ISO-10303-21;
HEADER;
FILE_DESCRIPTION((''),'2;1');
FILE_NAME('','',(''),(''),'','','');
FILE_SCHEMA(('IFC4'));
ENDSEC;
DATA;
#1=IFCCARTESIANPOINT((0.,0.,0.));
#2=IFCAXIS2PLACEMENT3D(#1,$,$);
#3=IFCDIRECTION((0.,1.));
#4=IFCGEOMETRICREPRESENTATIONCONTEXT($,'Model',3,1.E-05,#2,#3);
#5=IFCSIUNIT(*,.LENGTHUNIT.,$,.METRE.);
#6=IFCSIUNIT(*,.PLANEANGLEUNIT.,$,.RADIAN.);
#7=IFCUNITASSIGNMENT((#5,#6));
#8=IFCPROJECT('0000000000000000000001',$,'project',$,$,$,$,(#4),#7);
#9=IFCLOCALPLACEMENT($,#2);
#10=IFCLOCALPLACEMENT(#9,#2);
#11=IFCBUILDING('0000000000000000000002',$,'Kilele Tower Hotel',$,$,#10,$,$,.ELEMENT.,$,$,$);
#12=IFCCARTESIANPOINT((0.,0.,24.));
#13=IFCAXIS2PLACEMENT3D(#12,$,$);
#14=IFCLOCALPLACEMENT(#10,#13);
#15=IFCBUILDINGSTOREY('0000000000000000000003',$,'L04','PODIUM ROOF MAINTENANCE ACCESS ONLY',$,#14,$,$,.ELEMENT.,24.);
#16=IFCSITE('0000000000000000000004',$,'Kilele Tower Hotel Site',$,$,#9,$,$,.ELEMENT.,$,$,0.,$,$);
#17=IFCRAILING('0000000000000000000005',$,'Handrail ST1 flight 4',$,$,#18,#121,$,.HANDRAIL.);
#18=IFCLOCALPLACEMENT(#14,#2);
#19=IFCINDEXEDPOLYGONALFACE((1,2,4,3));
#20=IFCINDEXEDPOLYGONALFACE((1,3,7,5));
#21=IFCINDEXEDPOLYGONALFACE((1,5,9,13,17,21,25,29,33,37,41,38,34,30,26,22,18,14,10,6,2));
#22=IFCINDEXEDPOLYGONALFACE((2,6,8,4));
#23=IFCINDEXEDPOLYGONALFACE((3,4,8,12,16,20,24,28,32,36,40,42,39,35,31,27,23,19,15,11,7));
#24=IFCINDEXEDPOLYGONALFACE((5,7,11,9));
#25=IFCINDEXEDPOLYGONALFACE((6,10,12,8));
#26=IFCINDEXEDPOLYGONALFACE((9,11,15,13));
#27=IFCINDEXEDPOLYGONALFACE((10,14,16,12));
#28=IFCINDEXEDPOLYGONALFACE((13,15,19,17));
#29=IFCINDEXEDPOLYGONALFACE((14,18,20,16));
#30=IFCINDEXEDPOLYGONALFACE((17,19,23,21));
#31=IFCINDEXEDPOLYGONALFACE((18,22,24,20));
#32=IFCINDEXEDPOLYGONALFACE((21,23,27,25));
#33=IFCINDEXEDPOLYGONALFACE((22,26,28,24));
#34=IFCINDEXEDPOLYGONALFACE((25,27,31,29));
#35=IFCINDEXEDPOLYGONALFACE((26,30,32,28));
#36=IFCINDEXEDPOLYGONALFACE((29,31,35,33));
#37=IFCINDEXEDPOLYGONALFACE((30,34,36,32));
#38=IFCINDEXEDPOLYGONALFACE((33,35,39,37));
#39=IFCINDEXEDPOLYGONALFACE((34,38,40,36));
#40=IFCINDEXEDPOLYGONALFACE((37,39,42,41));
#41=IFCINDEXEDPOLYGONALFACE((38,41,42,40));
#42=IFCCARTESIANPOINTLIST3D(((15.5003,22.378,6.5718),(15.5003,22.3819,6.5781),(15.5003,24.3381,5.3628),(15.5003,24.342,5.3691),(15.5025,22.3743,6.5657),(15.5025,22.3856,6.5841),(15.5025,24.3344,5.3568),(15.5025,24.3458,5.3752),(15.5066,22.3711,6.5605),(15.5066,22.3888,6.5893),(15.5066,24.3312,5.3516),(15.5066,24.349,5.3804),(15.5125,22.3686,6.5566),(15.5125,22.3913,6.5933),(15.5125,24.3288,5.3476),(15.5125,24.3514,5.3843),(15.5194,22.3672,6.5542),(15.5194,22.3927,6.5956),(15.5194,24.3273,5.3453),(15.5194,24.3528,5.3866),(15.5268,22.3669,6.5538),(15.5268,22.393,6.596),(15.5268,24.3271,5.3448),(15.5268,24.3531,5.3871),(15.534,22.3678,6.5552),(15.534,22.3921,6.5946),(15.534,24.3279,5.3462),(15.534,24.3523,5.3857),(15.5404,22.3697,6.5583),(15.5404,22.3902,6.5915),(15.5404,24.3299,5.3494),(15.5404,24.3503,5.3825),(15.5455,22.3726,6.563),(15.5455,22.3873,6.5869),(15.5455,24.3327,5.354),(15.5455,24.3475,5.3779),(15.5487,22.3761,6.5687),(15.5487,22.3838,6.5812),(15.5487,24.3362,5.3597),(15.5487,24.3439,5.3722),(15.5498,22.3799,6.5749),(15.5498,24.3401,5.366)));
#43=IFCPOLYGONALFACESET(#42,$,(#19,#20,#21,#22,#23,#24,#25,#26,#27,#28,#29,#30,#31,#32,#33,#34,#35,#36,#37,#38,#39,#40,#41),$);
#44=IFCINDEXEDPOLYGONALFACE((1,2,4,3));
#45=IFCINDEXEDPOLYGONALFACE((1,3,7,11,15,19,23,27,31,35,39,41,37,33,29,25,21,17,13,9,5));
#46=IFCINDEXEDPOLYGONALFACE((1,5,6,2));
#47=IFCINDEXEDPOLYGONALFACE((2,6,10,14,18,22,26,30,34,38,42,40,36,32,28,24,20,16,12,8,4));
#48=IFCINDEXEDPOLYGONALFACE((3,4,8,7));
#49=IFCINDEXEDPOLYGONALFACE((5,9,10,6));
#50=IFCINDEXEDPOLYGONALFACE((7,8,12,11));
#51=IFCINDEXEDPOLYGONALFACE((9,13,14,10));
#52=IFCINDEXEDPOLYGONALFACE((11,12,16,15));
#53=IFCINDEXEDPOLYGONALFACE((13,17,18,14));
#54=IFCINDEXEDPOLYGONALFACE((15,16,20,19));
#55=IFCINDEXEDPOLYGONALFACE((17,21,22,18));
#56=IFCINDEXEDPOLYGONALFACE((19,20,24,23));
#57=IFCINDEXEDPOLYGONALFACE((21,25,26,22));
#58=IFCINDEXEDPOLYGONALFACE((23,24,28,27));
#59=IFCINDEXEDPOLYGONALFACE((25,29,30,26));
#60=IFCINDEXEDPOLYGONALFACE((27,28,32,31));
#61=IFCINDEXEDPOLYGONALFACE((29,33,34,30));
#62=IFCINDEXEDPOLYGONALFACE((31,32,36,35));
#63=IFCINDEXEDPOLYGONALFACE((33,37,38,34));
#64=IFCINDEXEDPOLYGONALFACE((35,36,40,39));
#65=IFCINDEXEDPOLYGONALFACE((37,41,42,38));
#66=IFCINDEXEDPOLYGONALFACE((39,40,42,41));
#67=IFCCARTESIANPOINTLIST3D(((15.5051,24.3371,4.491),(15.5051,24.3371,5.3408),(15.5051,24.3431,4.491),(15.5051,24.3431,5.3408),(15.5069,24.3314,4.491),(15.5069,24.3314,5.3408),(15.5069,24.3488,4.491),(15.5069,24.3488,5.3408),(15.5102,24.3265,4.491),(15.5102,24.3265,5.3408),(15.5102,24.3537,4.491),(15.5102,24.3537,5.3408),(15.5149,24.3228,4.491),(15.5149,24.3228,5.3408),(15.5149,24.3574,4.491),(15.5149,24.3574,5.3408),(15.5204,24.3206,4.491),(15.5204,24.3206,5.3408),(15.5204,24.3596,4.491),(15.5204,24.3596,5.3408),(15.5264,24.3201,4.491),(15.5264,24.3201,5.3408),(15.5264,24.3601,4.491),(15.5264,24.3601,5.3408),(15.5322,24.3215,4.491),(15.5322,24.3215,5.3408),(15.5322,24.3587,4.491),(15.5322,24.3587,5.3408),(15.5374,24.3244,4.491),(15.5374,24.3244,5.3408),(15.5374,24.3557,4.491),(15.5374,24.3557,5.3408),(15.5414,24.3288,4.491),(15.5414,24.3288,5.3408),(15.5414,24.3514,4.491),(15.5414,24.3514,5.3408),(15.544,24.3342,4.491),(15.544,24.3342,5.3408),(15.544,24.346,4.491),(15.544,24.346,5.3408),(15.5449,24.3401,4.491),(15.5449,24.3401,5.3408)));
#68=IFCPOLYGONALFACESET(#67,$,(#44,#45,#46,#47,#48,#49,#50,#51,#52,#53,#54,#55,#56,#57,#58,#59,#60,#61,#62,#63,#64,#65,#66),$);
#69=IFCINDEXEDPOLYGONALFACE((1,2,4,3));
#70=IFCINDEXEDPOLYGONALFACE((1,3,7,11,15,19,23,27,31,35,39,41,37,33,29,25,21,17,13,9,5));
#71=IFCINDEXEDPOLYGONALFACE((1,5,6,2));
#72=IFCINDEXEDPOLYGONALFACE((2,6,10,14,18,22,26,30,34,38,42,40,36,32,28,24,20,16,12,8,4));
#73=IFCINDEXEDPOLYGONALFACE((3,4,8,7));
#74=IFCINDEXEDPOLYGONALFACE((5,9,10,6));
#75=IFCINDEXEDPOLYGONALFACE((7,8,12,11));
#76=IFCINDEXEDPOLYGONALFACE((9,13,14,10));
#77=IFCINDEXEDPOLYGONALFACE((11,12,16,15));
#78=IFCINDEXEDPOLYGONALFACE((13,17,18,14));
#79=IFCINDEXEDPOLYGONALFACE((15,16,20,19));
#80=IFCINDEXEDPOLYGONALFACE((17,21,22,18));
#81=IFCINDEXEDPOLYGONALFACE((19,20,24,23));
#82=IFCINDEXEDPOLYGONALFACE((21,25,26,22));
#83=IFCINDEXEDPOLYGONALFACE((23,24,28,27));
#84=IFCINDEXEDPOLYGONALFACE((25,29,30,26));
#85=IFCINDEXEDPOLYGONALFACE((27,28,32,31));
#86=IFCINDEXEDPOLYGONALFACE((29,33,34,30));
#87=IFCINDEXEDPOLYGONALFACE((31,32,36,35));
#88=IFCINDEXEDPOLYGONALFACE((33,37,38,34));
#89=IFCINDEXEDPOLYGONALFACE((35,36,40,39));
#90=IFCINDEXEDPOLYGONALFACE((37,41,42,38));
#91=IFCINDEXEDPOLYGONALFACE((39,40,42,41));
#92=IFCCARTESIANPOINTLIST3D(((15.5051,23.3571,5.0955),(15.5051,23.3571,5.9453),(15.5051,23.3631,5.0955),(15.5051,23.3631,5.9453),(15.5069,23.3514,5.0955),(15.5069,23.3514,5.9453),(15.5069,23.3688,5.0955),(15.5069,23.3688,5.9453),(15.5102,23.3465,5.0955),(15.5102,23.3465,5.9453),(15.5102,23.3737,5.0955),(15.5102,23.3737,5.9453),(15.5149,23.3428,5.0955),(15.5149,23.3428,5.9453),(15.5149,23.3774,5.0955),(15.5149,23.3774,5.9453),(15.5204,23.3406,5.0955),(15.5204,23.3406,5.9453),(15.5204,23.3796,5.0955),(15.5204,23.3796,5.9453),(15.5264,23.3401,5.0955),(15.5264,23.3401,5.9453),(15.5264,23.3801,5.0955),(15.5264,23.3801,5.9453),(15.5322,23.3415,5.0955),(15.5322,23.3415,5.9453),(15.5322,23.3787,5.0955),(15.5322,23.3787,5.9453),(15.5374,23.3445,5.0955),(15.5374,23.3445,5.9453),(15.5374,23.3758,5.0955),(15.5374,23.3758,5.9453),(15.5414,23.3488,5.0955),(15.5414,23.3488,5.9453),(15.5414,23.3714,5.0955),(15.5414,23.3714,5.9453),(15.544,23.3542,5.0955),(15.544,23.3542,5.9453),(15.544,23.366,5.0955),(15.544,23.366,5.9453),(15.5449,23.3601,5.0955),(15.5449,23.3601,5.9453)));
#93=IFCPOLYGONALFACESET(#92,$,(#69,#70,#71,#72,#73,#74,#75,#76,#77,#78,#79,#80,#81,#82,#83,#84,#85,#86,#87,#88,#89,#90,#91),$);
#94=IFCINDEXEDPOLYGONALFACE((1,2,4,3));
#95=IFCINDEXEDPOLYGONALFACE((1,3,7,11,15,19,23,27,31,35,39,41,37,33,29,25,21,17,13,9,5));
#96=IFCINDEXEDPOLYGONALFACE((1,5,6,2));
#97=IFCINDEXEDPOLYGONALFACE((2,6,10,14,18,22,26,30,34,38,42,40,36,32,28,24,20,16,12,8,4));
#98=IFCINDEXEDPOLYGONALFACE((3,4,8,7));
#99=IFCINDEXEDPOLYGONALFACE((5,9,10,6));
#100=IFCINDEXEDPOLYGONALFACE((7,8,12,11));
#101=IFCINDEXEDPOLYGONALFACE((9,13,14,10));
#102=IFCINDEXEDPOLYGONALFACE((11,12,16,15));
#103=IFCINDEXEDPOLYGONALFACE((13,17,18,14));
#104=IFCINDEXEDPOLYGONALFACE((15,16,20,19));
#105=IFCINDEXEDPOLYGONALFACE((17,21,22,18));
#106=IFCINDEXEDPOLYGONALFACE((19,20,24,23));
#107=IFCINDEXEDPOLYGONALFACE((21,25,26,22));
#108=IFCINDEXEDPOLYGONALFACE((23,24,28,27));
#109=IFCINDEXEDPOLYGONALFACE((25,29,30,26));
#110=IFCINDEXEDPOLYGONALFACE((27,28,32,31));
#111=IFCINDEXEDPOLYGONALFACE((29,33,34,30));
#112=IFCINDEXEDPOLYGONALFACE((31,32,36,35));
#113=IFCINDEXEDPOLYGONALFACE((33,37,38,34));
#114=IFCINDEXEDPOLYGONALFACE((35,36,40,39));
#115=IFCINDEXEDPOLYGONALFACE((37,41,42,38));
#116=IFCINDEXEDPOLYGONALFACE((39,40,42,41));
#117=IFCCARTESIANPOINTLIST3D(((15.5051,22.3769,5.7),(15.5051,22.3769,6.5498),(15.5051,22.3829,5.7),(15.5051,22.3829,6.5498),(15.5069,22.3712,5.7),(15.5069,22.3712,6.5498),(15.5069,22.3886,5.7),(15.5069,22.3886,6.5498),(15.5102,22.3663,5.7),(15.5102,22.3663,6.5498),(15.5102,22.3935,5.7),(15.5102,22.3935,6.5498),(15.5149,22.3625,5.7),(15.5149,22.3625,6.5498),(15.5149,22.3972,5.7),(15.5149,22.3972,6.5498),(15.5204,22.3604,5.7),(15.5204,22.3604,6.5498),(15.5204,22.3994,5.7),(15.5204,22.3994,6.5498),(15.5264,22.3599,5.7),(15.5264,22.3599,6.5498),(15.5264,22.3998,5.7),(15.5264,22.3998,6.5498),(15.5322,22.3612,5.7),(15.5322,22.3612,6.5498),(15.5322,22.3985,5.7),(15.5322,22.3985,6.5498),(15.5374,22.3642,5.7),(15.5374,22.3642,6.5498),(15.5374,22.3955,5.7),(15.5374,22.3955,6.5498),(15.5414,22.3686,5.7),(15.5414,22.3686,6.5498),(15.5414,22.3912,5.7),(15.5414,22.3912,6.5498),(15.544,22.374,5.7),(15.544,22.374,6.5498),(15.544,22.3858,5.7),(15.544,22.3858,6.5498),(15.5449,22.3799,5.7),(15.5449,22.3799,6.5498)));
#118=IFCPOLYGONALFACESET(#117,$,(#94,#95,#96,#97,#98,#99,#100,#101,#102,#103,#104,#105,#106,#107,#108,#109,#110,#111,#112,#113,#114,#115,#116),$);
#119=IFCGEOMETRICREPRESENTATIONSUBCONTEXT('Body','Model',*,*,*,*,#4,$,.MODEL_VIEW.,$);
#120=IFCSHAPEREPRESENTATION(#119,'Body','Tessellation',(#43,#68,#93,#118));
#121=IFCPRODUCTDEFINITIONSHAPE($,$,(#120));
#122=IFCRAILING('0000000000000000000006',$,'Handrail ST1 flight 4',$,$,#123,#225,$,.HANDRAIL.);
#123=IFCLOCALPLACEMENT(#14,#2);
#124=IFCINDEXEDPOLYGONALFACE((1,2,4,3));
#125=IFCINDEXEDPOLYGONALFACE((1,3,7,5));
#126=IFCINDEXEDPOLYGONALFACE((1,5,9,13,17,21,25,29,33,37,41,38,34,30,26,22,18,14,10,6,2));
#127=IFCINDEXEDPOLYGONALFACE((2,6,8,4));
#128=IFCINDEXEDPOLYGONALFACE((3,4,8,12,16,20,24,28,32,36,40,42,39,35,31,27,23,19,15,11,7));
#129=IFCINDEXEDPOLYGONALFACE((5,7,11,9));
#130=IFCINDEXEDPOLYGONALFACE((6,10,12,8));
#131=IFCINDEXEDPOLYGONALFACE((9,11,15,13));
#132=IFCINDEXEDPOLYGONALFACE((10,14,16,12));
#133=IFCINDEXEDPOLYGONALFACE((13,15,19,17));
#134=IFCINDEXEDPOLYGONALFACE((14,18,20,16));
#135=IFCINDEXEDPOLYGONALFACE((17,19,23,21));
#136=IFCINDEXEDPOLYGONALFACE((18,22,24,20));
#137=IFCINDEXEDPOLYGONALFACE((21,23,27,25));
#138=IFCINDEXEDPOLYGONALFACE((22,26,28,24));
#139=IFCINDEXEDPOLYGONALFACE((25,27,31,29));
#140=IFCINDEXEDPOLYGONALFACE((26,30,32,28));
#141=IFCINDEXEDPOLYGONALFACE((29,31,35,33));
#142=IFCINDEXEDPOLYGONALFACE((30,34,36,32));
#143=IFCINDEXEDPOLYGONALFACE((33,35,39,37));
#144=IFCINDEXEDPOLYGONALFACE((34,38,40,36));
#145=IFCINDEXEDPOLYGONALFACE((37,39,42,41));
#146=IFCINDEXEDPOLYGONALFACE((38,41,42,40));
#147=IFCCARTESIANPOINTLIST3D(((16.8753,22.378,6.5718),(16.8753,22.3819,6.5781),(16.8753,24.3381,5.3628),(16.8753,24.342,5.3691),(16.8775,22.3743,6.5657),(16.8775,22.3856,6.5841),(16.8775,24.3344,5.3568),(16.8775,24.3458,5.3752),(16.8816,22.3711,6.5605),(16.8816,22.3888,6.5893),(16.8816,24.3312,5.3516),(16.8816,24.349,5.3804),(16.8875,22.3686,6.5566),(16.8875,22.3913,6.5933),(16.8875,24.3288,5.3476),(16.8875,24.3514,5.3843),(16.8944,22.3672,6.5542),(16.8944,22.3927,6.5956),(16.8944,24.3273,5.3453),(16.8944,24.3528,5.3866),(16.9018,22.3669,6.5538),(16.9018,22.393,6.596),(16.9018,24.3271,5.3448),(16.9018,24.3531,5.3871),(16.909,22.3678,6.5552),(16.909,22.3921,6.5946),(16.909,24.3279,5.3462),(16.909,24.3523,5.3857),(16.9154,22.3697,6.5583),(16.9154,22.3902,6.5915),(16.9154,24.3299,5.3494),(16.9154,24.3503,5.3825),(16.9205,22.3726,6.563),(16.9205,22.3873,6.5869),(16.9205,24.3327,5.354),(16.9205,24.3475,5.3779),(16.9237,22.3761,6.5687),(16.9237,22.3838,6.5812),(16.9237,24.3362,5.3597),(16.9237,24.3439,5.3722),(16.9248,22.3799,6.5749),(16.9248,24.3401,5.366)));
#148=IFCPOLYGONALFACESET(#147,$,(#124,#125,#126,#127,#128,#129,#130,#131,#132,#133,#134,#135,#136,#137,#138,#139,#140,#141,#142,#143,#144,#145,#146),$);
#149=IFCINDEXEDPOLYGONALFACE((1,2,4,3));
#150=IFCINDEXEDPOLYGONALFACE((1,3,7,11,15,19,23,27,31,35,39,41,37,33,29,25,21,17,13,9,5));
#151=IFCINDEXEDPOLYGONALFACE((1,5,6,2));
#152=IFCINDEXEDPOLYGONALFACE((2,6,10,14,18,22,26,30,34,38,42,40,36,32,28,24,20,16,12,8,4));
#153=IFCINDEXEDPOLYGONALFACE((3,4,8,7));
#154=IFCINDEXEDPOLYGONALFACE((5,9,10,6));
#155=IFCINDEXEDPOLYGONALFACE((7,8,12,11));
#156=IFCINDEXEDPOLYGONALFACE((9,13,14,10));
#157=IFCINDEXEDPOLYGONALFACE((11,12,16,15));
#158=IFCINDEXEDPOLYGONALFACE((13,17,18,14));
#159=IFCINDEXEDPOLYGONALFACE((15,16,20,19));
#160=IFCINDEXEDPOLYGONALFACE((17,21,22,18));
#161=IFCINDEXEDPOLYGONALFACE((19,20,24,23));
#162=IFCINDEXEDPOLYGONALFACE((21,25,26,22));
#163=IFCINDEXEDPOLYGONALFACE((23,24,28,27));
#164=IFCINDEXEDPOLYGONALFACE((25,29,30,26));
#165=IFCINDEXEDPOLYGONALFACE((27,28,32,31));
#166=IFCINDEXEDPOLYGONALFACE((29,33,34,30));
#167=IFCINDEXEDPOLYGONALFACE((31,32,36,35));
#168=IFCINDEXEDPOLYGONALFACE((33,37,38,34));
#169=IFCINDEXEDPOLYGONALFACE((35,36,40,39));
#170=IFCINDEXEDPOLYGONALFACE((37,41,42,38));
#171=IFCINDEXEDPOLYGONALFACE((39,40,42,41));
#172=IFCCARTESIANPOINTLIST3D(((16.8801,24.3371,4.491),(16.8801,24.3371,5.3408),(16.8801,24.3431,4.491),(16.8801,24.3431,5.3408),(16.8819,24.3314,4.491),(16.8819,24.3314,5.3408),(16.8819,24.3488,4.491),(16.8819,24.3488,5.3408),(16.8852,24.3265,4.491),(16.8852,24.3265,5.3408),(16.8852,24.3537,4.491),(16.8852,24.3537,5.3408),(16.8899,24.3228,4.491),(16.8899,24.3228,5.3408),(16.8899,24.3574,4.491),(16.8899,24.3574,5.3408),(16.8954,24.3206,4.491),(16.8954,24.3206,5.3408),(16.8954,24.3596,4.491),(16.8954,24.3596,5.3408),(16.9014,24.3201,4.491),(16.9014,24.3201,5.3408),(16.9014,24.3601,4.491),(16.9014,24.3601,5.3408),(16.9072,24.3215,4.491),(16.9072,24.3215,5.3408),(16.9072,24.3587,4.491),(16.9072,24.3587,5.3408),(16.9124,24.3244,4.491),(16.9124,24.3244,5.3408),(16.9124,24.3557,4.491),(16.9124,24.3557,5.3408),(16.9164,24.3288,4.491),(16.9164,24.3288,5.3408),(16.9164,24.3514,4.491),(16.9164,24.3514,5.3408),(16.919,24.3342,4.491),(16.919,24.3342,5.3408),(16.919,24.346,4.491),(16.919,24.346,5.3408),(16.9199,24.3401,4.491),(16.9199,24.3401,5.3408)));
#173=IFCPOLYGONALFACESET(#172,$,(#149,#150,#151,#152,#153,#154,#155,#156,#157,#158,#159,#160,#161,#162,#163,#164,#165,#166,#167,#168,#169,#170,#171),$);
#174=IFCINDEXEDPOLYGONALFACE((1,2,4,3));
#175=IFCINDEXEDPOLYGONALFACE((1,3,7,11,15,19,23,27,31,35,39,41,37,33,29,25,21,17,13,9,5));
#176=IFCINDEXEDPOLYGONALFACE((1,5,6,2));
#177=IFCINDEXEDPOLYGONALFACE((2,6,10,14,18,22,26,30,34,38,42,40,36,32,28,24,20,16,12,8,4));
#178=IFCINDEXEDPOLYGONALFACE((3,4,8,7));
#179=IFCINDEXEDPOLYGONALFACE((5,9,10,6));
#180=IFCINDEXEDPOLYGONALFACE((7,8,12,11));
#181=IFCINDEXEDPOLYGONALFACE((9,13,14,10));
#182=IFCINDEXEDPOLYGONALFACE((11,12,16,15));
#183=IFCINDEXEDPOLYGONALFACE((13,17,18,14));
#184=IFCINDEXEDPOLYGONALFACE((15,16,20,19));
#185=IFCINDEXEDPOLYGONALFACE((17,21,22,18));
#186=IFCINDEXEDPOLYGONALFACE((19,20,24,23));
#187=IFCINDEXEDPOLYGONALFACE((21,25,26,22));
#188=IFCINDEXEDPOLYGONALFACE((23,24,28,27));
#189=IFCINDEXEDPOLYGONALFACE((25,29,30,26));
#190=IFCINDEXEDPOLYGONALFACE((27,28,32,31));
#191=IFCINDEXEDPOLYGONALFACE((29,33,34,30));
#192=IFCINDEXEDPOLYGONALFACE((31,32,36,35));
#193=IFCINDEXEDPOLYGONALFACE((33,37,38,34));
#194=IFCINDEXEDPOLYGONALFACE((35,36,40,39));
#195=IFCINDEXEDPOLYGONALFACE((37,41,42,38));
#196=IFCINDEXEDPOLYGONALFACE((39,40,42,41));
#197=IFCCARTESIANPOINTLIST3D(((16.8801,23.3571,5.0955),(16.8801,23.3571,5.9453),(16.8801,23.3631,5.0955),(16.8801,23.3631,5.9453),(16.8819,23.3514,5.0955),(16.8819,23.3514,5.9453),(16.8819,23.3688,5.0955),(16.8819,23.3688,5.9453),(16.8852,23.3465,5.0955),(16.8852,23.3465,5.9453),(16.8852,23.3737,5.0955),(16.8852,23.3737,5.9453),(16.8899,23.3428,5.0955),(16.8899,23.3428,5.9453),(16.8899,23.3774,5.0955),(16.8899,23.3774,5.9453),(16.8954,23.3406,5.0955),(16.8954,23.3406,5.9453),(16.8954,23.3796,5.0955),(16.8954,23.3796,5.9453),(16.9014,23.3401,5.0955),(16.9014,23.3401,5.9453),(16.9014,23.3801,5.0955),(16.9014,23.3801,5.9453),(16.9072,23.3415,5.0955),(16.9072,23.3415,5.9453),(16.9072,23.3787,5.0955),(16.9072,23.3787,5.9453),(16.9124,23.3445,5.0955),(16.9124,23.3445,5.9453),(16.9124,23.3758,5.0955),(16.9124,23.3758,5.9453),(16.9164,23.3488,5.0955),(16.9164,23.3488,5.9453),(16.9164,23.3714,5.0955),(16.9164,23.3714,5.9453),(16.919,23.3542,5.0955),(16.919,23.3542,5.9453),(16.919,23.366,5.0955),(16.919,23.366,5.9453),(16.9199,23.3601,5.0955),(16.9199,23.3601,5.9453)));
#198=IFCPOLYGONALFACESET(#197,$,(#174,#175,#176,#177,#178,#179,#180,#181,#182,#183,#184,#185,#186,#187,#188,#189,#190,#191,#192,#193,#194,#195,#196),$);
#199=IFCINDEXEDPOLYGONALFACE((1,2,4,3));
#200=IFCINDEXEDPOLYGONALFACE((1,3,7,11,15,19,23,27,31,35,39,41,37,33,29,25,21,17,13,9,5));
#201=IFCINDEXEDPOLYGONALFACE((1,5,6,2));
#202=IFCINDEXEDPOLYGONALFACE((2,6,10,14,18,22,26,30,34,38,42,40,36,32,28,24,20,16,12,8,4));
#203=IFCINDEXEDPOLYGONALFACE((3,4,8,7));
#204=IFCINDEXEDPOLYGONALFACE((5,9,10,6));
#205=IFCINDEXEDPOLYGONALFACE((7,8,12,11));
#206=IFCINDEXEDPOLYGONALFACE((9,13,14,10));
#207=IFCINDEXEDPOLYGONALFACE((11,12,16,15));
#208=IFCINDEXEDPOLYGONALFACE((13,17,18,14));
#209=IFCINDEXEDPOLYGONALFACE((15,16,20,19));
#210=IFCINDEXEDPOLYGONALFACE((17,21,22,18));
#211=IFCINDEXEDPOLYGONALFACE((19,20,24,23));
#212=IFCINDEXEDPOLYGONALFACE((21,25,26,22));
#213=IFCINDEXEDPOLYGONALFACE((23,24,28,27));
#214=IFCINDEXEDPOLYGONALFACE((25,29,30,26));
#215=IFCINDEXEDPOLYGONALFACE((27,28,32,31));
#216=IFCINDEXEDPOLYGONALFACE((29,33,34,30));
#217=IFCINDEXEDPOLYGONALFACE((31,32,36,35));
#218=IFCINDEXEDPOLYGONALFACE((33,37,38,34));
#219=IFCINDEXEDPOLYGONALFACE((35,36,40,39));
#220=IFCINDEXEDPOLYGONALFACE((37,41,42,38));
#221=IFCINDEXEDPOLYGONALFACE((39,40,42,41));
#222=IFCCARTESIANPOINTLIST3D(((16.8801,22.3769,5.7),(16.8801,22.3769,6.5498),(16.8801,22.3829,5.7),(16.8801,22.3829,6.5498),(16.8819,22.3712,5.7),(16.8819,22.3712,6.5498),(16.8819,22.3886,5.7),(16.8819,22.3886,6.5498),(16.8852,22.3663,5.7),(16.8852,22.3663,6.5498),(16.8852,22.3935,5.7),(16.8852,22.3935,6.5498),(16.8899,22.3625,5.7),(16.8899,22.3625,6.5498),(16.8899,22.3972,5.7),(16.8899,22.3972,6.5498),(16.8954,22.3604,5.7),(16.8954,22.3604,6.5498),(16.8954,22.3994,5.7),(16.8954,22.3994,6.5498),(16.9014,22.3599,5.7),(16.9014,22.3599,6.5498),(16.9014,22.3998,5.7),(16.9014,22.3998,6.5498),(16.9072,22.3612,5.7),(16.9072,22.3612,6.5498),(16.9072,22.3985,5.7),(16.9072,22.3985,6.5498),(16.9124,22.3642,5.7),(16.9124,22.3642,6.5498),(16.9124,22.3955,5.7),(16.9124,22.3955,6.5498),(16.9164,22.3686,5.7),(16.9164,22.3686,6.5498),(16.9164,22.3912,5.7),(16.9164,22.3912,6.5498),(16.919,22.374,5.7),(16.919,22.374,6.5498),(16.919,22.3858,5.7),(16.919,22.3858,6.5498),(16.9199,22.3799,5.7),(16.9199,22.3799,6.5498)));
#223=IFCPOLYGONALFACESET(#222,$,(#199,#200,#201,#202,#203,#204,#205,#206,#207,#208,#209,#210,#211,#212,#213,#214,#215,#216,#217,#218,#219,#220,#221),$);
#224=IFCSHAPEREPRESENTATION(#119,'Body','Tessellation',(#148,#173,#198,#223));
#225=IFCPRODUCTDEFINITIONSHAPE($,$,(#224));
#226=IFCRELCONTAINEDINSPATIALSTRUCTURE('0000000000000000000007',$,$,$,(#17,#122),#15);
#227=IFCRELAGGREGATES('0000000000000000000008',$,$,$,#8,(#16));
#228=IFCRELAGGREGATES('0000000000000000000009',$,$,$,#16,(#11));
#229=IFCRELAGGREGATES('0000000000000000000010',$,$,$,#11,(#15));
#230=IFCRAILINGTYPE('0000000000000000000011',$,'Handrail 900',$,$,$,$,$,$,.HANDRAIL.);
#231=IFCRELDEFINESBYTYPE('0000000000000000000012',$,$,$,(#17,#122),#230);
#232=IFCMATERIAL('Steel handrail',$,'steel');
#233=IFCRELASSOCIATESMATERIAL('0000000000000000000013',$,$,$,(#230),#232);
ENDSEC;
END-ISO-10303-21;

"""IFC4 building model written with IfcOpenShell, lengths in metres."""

from ifc_helpers import new_model, si_unit, direction, frame, origin, origin_2d, place, context, subcontext, project, spatial, circle, extrude, material, type_object, element, save


model = new_model("IFC4")

# Units and contexts
model_context = context("Model", 3, precision=1e-05, world=origin(), true_north=direction((0.0, 1.0)))
body_context = subcontext(model_context, "Body", "Model", "MODEL_VIEW")
ifc_project = project(units=[si_unit("LENGTHUNIT", "METRE"), si_unit("PLANEANGLEUNIT", "RADIAN")], contexts=[model_context])

# Site, building, storey
site_placement = place(None, origin())
site = spatial("IfcSite", under=ifc_project, at=site_placement, Name="Kilele Tower Hotel Site", CompositionType="ELEMENT", RefElevation=0.0)
building_placement = place(site_placement, origin())
building = spatial("IfcBuilding", under=site, at=building_placement, Name="Kilele Tower Hotel", CompositionType="ELEMENT")
storey_placement = place(building_placement, frame((0.0, 0.0, 24.0)))
storey = spatial("IfcBuildingStorey", under=building, at=storey_placement, Name="L04", Description="PODIUM ROOF MAINTENANCE ACCESS ONLY", CompositionType="ELEMENT", Elevation=24.0)

# Railings
ifc_material_1 = material(Name="Steel handrail", Category="steel")
railing_type_1 = type_object("IfcRailingType", Name="Handrail 900", PredefinedType="HANDRAIL", material=ifc_material_1)
for number, where, name in (
    (1, (15.5249, 24.3401, 4.491), "Handrail ST1 flight 4"),
    (2, (16.8999, 24.3401, 4.491), "Handrail ST1 flight 4"),
):
    element("IfcRailing", number, at=place(storey_placement, frame(where)), inside=storey, type_object=railing_type_1, Name=name, PredefinedType="HANDRAIL", context=body_context, shape_type="SweptSolid", body=[
        extrude(circle(Radius=0.0249, at=origin_2d()), frame((0.0, 0.0, 0.875), z_axis=(0.0, -0.851134, 0.524949), x_axis=(1.0, 0.0, 0.0)), (0.0, 0.0, 1.0), 2.303),
        extrude(circle(Radius=0.02, at=origin_2d()), origin(), (0.0, 0.0, 1.0), 0.8499),
        extrude(circle(Radius=0.02, at=origin_2d()), frame((0.0, -0.98, 0.6045)), (0.0, 0.0, 1.0), 0.8499),
        extrude(circle(Radius=0.02, at=origin_2d()), frame((0.0, -1.9602, 1.209)), (0.0, 0.0, 1.0), 0.8499),
    ])

save(model, "model.ifc")
